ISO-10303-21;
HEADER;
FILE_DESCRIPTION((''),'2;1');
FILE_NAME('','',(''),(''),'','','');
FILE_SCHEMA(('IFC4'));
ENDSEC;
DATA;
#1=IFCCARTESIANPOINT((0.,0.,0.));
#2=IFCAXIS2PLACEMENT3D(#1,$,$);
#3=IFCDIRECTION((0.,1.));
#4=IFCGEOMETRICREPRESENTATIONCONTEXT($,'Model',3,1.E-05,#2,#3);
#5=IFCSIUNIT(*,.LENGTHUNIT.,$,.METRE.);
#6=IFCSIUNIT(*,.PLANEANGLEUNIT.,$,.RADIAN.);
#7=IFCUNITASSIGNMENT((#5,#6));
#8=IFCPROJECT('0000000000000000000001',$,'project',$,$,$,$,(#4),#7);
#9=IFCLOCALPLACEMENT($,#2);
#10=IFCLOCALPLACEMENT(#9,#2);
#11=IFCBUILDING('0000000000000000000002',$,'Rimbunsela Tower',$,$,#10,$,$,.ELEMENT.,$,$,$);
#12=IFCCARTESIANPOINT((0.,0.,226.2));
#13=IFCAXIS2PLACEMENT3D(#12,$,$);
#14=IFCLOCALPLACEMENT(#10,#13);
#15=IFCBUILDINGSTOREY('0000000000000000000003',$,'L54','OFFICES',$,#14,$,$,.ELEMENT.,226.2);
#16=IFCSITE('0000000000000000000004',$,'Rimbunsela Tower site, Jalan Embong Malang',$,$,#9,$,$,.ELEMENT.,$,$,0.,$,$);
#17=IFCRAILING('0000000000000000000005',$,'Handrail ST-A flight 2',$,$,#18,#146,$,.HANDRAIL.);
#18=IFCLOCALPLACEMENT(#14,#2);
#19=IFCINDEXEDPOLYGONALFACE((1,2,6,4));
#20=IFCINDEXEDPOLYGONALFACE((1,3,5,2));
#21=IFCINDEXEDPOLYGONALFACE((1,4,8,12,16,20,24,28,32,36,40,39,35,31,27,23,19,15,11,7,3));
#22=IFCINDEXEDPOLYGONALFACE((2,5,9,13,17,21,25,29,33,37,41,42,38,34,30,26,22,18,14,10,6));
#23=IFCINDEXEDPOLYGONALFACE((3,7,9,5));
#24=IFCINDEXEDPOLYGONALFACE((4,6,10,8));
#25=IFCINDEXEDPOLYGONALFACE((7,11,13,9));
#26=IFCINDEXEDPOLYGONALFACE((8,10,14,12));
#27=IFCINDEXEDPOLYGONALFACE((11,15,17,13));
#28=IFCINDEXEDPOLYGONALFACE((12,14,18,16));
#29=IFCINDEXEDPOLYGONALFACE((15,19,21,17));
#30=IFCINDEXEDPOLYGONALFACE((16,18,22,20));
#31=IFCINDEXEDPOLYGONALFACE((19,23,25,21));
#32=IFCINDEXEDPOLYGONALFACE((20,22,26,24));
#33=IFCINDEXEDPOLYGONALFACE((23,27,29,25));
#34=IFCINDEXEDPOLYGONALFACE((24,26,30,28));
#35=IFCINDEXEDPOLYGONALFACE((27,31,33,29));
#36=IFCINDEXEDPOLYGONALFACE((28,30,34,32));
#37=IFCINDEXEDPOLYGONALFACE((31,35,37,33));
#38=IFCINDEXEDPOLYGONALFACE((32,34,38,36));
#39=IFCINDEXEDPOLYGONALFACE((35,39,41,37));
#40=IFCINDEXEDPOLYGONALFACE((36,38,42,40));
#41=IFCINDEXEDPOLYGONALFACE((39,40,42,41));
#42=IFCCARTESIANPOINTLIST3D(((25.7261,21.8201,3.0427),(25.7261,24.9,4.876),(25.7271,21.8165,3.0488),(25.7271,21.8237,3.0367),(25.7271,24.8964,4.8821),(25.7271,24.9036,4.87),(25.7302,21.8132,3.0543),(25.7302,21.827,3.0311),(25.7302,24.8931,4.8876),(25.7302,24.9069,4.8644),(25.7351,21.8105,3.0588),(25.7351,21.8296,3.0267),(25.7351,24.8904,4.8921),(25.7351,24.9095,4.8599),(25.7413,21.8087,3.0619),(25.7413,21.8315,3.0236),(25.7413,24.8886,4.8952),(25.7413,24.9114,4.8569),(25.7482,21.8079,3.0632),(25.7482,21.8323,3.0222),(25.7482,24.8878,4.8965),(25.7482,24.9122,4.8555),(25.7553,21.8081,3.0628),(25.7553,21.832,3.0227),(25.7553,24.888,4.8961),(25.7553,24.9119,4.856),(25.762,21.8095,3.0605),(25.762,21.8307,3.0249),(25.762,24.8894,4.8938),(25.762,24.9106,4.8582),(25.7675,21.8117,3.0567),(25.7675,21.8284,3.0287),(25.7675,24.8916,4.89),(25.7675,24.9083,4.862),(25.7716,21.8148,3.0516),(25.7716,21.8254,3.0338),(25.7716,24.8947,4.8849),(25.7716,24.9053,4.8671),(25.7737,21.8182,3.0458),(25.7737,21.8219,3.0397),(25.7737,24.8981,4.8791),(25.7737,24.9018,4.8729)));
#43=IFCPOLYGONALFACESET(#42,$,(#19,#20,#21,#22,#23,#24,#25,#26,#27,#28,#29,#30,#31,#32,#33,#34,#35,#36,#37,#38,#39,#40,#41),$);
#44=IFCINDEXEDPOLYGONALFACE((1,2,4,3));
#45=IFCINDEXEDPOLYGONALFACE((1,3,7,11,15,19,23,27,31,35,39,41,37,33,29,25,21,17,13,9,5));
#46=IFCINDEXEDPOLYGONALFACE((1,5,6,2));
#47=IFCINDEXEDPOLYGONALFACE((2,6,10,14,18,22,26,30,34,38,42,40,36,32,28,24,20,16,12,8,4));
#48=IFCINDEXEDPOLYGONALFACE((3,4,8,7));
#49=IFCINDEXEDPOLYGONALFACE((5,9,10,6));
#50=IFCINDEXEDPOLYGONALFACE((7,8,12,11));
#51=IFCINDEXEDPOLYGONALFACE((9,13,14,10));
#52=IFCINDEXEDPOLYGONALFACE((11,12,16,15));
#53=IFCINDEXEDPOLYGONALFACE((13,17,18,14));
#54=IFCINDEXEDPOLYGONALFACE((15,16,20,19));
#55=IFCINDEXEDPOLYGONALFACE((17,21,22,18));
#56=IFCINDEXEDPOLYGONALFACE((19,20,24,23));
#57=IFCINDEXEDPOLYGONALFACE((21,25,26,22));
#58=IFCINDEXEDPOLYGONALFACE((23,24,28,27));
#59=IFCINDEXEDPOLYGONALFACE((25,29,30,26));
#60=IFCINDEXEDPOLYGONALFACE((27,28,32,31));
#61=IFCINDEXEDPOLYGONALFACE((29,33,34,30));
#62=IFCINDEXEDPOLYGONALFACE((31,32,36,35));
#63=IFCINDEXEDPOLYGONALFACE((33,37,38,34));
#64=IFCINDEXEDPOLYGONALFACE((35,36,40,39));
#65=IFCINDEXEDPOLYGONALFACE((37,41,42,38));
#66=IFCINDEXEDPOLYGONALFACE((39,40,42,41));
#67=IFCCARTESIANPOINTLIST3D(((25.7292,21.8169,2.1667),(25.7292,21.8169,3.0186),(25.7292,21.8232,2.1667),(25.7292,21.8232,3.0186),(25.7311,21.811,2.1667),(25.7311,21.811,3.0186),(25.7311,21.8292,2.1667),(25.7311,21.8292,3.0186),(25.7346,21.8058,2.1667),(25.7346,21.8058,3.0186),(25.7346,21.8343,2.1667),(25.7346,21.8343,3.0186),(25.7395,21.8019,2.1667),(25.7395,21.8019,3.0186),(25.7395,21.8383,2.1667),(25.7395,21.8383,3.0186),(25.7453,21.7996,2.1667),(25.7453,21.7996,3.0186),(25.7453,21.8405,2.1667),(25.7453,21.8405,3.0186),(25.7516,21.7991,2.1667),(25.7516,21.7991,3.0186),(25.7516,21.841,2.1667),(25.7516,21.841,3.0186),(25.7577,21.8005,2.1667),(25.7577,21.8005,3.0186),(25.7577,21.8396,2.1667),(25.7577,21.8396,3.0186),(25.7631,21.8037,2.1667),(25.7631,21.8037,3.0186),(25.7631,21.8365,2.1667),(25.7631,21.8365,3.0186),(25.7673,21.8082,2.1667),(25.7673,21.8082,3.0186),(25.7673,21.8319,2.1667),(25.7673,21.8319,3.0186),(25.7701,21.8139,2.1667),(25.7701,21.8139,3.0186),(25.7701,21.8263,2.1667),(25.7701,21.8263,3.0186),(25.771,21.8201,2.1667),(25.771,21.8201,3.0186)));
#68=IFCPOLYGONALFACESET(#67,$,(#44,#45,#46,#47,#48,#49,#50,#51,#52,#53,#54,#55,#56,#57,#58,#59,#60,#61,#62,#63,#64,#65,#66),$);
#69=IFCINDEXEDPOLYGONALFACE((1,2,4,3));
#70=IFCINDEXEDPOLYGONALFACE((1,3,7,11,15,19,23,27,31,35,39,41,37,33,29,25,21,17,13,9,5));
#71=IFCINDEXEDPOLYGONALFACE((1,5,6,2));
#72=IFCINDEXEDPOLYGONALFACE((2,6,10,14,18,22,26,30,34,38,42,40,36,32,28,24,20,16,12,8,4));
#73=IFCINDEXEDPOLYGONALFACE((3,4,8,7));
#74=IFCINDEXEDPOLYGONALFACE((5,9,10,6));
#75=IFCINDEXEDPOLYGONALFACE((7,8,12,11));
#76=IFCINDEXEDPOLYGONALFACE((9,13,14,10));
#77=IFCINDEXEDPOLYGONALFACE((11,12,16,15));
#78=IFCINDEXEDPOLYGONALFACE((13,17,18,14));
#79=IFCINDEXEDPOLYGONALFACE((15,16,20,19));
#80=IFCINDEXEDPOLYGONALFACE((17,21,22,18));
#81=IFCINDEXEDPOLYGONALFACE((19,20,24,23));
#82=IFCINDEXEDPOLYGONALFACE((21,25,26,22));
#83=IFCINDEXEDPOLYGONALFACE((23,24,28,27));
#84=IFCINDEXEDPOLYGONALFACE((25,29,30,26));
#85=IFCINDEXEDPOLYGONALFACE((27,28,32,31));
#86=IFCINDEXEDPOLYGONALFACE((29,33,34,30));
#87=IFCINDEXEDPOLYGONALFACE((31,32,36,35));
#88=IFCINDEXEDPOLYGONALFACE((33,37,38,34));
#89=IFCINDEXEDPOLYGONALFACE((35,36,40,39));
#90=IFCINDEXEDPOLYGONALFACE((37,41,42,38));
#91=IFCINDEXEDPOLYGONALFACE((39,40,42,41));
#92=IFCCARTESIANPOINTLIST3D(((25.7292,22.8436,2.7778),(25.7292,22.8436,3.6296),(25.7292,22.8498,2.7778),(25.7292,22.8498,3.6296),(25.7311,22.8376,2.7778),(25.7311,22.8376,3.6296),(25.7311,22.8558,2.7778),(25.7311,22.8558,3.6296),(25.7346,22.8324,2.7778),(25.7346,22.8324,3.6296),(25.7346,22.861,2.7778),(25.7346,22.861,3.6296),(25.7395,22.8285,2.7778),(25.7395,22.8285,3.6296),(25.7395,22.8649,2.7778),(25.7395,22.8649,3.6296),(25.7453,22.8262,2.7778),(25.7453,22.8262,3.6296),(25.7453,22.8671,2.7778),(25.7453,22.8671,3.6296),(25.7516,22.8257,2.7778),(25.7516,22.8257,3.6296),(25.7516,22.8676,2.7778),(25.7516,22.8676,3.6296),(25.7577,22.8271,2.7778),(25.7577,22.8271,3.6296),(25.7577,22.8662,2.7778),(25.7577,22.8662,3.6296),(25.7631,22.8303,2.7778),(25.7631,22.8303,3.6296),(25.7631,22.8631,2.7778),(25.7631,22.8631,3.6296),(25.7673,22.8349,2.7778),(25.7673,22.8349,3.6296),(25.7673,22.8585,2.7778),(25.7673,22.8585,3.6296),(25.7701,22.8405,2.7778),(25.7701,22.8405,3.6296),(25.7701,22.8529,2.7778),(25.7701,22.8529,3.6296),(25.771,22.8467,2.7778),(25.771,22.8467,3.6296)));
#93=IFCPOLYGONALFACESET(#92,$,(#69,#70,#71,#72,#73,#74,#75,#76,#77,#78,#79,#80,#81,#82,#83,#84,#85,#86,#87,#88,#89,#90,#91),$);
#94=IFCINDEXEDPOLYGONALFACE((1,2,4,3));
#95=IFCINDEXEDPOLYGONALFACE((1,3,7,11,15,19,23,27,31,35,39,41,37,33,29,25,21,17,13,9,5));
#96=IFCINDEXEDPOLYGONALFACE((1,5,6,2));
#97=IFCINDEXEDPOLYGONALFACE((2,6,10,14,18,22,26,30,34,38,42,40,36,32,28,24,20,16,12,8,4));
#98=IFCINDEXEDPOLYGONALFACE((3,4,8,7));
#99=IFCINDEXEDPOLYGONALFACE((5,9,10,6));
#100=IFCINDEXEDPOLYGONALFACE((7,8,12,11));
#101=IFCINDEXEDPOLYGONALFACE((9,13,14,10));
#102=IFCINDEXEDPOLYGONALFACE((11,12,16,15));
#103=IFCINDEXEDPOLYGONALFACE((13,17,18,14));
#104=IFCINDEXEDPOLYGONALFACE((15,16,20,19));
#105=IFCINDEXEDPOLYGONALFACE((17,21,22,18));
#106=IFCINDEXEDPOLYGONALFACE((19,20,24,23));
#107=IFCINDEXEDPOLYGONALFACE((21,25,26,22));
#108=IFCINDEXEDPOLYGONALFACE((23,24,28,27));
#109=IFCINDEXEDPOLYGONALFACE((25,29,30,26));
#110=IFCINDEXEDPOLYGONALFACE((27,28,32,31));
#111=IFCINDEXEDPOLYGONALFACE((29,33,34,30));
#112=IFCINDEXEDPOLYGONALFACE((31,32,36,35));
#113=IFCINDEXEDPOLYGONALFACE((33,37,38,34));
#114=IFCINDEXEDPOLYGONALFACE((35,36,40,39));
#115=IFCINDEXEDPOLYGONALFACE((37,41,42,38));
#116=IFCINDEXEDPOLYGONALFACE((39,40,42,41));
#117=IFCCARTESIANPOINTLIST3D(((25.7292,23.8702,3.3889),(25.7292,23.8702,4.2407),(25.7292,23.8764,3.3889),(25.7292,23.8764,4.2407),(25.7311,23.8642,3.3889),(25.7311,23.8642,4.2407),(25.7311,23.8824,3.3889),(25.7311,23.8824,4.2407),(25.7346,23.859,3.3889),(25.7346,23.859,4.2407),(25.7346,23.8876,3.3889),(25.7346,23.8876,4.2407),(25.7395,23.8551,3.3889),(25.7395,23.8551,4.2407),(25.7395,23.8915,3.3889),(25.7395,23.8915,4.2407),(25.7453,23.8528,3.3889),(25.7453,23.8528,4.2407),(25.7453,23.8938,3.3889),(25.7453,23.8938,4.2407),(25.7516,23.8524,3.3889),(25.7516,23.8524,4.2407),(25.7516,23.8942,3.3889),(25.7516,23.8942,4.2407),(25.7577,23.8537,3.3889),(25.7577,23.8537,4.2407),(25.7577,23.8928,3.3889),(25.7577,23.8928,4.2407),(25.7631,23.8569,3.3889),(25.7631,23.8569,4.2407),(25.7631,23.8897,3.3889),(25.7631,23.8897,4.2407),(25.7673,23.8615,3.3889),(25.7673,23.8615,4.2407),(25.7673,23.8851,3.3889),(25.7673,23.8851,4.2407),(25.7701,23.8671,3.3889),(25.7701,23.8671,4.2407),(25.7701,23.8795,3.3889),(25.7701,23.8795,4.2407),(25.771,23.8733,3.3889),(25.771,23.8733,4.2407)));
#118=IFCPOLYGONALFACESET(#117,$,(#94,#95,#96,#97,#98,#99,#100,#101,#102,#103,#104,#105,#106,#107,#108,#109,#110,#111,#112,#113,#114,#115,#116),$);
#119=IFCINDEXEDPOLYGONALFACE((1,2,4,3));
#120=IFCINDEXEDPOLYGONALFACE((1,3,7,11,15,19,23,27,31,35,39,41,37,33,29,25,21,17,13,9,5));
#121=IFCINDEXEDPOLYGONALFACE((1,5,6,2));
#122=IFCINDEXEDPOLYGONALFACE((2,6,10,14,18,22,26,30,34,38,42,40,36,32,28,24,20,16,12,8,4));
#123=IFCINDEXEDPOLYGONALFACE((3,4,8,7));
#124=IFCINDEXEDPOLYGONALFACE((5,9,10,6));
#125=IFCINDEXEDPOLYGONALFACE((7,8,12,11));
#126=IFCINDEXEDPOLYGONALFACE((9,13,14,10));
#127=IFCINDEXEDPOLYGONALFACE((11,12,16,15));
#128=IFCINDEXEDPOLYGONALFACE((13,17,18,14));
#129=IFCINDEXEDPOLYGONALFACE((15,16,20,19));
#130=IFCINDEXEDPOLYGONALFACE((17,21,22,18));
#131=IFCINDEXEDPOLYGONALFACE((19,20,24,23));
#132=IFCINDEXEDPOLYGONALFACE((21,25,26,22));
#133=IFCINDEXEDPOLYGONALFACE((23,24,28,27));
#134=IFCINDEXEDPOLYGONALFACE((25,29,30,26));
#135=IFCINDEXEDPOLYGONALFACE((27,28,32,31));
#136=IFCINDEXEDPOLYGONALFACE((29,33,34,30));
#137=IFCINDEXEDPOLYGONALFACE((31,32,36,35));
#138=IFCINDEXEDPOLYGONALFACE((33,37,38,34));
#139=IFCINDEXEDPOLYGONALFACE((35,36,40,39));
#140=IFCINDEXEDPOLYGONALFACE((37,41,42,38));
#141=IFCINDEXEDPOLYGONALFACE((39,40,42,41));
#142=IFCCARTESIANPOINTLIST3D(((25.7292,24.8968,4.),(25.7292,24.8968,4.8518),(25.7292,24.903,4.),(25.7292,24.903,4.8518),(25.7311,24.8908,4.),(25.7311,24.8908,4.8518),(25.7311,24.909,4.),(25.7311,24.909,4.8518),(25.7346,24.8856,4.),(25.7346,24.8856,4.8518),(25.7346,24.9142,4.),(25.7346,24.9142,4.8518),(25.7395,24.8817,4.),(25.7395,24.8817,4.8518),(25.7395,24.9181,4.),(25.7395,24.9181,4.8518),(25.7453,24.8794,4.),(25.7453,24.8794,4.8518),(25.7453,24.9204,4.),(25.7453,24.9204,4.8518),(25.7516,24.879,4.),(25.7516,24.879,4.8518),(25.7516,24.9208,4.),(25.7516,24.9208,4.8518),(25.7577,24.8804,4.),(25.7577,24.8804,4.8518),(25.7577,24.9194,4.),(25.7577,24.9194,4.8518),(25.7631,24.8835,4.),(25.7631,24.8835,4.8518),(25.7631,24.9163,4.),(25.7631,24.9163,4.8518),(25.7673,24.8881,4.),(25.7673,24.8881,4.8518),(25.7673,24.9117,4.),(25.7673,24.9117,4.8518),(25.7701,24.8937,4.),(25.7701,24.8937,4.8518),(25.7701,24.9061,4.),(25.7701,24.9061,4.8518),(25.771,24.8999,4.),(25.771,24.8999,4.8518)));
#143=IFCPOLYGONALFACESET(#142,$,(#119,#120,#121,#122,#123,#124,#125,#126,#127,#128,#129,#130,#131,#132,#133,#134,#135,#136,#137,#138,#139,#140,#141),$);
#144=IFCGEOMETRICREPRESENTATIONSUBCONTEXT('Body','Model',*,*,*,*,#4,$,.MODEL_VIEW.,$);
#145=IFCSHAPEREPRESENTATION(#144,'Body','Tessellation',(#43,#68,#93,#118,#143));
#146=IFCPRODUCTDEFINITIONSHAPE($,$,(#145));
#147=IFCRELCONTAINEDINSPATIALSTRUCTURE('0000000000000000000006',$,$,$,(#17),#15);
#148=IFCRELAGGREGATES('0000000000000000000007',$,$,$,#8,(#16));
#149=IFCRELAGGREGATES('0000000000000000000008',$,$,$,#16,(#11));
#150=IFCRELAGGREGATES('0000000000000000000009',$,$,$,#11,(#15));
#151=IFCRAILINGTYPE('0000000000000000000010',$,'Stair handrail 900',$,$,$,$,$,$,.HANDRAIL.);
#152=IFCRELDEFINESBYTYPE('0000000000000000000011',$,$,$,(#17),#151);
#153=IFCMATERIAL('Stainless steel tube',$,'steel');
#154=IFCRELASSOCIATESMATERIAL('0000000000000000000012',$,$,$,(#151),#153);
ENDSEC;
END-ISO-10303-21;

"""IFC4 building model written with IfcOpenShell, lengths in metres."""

from ifc_helpers import new_model, si_unit, direction, frame, origin, origin_2d, place, context, subcontext, project, spatial, circle, extrude, material, type_object, element, save


model = new_model("IFC4")

# Units and contexts
model_context = context("Model", 3, precision=1e-05, world=origin(), true_north=direction((0.0, 1.0)))
body_context = subcontext(model_context, "Body", "Model", "MODEL_VIEW")
ifc_project = project(units=[si_unit("LENGTHUNIT", "METRE"), si_unit("PLANEANGLEUNIT", "RADIAN")], contexts=[model_context])

# Site, building, storey
site_placement = place(None, origin())
site = spatial("IfcSite", under=ifc_project, at=site_placement, Name="Rimbunsela Tower site, Jalan Embong Malang", CompositionType="ELEMENT", RefElevation=0.0)
building_placement = place(site_placement, origin())
building = spatial("IfcBuilding", under=site, at=building_placement, Name="Rimbunsela Tower", CompositionType="ELEMENT")
storey_placement = place(building_placement, frame((0.0, 0.0, 226.2)))
storey = spatial("IfcBuildingStorey", under=building, at=storey_placement, Name="L54", Description="OFFICES", CompositionType="ELEMENT", Elevation=226.2)

# Railing
ifc_material_1 = material(Name="Stainless steel tube", Category="steel")
railing_type = type_object("IfcRailingType", Name="Stair handrail 900", PredefinedType="HANDRAIL", material=ifc_material_1)
railing_placement = place(storey_placement, frame((25.75, 21.8201, 2.1667)))
element("IfcRailing", 1, at=railing_placement, inside=storey, type_object=railing_type, Name="Handrail ST-A flight 2", PredefinedType="HANDRAIL", context=body_context, shape_type="SweptSolid", body=[
    extrude(circle(Radius=0.0239, at=origin_2d()), frame((0.0, 0.0, 0.876), z_axis=(0.0, 0.859291, 0.511487), x_axis=(-1.0, 0.0, 0.0)), (0.0, 0.0, 1.0), 3.5842),
    extrude(circle(Radius=0.021, at=origin_2d()), origin(), (0.0, 0.0, 1.0), 0.8518),
    extrude(circle(Radius=0.021, at=origin_2d()), frame((0.0, 1.0266, 0.6111)), (0.0, 0.0, 1.0), 0.8518),
    extrude(circle(Radius=0.021, at=origin_2d()), frame((0.0, 2.0532, 1.2222)), (0.0, 0.0, 1.0), 0.8518),
    extrude(circle(Radius=0.021, at=origin_2d()), frame((0.0, 3.0798, 1.8333)), (0.0, 0.0, 1.0), 0.8518),
])

save(model, "model.ifc")
